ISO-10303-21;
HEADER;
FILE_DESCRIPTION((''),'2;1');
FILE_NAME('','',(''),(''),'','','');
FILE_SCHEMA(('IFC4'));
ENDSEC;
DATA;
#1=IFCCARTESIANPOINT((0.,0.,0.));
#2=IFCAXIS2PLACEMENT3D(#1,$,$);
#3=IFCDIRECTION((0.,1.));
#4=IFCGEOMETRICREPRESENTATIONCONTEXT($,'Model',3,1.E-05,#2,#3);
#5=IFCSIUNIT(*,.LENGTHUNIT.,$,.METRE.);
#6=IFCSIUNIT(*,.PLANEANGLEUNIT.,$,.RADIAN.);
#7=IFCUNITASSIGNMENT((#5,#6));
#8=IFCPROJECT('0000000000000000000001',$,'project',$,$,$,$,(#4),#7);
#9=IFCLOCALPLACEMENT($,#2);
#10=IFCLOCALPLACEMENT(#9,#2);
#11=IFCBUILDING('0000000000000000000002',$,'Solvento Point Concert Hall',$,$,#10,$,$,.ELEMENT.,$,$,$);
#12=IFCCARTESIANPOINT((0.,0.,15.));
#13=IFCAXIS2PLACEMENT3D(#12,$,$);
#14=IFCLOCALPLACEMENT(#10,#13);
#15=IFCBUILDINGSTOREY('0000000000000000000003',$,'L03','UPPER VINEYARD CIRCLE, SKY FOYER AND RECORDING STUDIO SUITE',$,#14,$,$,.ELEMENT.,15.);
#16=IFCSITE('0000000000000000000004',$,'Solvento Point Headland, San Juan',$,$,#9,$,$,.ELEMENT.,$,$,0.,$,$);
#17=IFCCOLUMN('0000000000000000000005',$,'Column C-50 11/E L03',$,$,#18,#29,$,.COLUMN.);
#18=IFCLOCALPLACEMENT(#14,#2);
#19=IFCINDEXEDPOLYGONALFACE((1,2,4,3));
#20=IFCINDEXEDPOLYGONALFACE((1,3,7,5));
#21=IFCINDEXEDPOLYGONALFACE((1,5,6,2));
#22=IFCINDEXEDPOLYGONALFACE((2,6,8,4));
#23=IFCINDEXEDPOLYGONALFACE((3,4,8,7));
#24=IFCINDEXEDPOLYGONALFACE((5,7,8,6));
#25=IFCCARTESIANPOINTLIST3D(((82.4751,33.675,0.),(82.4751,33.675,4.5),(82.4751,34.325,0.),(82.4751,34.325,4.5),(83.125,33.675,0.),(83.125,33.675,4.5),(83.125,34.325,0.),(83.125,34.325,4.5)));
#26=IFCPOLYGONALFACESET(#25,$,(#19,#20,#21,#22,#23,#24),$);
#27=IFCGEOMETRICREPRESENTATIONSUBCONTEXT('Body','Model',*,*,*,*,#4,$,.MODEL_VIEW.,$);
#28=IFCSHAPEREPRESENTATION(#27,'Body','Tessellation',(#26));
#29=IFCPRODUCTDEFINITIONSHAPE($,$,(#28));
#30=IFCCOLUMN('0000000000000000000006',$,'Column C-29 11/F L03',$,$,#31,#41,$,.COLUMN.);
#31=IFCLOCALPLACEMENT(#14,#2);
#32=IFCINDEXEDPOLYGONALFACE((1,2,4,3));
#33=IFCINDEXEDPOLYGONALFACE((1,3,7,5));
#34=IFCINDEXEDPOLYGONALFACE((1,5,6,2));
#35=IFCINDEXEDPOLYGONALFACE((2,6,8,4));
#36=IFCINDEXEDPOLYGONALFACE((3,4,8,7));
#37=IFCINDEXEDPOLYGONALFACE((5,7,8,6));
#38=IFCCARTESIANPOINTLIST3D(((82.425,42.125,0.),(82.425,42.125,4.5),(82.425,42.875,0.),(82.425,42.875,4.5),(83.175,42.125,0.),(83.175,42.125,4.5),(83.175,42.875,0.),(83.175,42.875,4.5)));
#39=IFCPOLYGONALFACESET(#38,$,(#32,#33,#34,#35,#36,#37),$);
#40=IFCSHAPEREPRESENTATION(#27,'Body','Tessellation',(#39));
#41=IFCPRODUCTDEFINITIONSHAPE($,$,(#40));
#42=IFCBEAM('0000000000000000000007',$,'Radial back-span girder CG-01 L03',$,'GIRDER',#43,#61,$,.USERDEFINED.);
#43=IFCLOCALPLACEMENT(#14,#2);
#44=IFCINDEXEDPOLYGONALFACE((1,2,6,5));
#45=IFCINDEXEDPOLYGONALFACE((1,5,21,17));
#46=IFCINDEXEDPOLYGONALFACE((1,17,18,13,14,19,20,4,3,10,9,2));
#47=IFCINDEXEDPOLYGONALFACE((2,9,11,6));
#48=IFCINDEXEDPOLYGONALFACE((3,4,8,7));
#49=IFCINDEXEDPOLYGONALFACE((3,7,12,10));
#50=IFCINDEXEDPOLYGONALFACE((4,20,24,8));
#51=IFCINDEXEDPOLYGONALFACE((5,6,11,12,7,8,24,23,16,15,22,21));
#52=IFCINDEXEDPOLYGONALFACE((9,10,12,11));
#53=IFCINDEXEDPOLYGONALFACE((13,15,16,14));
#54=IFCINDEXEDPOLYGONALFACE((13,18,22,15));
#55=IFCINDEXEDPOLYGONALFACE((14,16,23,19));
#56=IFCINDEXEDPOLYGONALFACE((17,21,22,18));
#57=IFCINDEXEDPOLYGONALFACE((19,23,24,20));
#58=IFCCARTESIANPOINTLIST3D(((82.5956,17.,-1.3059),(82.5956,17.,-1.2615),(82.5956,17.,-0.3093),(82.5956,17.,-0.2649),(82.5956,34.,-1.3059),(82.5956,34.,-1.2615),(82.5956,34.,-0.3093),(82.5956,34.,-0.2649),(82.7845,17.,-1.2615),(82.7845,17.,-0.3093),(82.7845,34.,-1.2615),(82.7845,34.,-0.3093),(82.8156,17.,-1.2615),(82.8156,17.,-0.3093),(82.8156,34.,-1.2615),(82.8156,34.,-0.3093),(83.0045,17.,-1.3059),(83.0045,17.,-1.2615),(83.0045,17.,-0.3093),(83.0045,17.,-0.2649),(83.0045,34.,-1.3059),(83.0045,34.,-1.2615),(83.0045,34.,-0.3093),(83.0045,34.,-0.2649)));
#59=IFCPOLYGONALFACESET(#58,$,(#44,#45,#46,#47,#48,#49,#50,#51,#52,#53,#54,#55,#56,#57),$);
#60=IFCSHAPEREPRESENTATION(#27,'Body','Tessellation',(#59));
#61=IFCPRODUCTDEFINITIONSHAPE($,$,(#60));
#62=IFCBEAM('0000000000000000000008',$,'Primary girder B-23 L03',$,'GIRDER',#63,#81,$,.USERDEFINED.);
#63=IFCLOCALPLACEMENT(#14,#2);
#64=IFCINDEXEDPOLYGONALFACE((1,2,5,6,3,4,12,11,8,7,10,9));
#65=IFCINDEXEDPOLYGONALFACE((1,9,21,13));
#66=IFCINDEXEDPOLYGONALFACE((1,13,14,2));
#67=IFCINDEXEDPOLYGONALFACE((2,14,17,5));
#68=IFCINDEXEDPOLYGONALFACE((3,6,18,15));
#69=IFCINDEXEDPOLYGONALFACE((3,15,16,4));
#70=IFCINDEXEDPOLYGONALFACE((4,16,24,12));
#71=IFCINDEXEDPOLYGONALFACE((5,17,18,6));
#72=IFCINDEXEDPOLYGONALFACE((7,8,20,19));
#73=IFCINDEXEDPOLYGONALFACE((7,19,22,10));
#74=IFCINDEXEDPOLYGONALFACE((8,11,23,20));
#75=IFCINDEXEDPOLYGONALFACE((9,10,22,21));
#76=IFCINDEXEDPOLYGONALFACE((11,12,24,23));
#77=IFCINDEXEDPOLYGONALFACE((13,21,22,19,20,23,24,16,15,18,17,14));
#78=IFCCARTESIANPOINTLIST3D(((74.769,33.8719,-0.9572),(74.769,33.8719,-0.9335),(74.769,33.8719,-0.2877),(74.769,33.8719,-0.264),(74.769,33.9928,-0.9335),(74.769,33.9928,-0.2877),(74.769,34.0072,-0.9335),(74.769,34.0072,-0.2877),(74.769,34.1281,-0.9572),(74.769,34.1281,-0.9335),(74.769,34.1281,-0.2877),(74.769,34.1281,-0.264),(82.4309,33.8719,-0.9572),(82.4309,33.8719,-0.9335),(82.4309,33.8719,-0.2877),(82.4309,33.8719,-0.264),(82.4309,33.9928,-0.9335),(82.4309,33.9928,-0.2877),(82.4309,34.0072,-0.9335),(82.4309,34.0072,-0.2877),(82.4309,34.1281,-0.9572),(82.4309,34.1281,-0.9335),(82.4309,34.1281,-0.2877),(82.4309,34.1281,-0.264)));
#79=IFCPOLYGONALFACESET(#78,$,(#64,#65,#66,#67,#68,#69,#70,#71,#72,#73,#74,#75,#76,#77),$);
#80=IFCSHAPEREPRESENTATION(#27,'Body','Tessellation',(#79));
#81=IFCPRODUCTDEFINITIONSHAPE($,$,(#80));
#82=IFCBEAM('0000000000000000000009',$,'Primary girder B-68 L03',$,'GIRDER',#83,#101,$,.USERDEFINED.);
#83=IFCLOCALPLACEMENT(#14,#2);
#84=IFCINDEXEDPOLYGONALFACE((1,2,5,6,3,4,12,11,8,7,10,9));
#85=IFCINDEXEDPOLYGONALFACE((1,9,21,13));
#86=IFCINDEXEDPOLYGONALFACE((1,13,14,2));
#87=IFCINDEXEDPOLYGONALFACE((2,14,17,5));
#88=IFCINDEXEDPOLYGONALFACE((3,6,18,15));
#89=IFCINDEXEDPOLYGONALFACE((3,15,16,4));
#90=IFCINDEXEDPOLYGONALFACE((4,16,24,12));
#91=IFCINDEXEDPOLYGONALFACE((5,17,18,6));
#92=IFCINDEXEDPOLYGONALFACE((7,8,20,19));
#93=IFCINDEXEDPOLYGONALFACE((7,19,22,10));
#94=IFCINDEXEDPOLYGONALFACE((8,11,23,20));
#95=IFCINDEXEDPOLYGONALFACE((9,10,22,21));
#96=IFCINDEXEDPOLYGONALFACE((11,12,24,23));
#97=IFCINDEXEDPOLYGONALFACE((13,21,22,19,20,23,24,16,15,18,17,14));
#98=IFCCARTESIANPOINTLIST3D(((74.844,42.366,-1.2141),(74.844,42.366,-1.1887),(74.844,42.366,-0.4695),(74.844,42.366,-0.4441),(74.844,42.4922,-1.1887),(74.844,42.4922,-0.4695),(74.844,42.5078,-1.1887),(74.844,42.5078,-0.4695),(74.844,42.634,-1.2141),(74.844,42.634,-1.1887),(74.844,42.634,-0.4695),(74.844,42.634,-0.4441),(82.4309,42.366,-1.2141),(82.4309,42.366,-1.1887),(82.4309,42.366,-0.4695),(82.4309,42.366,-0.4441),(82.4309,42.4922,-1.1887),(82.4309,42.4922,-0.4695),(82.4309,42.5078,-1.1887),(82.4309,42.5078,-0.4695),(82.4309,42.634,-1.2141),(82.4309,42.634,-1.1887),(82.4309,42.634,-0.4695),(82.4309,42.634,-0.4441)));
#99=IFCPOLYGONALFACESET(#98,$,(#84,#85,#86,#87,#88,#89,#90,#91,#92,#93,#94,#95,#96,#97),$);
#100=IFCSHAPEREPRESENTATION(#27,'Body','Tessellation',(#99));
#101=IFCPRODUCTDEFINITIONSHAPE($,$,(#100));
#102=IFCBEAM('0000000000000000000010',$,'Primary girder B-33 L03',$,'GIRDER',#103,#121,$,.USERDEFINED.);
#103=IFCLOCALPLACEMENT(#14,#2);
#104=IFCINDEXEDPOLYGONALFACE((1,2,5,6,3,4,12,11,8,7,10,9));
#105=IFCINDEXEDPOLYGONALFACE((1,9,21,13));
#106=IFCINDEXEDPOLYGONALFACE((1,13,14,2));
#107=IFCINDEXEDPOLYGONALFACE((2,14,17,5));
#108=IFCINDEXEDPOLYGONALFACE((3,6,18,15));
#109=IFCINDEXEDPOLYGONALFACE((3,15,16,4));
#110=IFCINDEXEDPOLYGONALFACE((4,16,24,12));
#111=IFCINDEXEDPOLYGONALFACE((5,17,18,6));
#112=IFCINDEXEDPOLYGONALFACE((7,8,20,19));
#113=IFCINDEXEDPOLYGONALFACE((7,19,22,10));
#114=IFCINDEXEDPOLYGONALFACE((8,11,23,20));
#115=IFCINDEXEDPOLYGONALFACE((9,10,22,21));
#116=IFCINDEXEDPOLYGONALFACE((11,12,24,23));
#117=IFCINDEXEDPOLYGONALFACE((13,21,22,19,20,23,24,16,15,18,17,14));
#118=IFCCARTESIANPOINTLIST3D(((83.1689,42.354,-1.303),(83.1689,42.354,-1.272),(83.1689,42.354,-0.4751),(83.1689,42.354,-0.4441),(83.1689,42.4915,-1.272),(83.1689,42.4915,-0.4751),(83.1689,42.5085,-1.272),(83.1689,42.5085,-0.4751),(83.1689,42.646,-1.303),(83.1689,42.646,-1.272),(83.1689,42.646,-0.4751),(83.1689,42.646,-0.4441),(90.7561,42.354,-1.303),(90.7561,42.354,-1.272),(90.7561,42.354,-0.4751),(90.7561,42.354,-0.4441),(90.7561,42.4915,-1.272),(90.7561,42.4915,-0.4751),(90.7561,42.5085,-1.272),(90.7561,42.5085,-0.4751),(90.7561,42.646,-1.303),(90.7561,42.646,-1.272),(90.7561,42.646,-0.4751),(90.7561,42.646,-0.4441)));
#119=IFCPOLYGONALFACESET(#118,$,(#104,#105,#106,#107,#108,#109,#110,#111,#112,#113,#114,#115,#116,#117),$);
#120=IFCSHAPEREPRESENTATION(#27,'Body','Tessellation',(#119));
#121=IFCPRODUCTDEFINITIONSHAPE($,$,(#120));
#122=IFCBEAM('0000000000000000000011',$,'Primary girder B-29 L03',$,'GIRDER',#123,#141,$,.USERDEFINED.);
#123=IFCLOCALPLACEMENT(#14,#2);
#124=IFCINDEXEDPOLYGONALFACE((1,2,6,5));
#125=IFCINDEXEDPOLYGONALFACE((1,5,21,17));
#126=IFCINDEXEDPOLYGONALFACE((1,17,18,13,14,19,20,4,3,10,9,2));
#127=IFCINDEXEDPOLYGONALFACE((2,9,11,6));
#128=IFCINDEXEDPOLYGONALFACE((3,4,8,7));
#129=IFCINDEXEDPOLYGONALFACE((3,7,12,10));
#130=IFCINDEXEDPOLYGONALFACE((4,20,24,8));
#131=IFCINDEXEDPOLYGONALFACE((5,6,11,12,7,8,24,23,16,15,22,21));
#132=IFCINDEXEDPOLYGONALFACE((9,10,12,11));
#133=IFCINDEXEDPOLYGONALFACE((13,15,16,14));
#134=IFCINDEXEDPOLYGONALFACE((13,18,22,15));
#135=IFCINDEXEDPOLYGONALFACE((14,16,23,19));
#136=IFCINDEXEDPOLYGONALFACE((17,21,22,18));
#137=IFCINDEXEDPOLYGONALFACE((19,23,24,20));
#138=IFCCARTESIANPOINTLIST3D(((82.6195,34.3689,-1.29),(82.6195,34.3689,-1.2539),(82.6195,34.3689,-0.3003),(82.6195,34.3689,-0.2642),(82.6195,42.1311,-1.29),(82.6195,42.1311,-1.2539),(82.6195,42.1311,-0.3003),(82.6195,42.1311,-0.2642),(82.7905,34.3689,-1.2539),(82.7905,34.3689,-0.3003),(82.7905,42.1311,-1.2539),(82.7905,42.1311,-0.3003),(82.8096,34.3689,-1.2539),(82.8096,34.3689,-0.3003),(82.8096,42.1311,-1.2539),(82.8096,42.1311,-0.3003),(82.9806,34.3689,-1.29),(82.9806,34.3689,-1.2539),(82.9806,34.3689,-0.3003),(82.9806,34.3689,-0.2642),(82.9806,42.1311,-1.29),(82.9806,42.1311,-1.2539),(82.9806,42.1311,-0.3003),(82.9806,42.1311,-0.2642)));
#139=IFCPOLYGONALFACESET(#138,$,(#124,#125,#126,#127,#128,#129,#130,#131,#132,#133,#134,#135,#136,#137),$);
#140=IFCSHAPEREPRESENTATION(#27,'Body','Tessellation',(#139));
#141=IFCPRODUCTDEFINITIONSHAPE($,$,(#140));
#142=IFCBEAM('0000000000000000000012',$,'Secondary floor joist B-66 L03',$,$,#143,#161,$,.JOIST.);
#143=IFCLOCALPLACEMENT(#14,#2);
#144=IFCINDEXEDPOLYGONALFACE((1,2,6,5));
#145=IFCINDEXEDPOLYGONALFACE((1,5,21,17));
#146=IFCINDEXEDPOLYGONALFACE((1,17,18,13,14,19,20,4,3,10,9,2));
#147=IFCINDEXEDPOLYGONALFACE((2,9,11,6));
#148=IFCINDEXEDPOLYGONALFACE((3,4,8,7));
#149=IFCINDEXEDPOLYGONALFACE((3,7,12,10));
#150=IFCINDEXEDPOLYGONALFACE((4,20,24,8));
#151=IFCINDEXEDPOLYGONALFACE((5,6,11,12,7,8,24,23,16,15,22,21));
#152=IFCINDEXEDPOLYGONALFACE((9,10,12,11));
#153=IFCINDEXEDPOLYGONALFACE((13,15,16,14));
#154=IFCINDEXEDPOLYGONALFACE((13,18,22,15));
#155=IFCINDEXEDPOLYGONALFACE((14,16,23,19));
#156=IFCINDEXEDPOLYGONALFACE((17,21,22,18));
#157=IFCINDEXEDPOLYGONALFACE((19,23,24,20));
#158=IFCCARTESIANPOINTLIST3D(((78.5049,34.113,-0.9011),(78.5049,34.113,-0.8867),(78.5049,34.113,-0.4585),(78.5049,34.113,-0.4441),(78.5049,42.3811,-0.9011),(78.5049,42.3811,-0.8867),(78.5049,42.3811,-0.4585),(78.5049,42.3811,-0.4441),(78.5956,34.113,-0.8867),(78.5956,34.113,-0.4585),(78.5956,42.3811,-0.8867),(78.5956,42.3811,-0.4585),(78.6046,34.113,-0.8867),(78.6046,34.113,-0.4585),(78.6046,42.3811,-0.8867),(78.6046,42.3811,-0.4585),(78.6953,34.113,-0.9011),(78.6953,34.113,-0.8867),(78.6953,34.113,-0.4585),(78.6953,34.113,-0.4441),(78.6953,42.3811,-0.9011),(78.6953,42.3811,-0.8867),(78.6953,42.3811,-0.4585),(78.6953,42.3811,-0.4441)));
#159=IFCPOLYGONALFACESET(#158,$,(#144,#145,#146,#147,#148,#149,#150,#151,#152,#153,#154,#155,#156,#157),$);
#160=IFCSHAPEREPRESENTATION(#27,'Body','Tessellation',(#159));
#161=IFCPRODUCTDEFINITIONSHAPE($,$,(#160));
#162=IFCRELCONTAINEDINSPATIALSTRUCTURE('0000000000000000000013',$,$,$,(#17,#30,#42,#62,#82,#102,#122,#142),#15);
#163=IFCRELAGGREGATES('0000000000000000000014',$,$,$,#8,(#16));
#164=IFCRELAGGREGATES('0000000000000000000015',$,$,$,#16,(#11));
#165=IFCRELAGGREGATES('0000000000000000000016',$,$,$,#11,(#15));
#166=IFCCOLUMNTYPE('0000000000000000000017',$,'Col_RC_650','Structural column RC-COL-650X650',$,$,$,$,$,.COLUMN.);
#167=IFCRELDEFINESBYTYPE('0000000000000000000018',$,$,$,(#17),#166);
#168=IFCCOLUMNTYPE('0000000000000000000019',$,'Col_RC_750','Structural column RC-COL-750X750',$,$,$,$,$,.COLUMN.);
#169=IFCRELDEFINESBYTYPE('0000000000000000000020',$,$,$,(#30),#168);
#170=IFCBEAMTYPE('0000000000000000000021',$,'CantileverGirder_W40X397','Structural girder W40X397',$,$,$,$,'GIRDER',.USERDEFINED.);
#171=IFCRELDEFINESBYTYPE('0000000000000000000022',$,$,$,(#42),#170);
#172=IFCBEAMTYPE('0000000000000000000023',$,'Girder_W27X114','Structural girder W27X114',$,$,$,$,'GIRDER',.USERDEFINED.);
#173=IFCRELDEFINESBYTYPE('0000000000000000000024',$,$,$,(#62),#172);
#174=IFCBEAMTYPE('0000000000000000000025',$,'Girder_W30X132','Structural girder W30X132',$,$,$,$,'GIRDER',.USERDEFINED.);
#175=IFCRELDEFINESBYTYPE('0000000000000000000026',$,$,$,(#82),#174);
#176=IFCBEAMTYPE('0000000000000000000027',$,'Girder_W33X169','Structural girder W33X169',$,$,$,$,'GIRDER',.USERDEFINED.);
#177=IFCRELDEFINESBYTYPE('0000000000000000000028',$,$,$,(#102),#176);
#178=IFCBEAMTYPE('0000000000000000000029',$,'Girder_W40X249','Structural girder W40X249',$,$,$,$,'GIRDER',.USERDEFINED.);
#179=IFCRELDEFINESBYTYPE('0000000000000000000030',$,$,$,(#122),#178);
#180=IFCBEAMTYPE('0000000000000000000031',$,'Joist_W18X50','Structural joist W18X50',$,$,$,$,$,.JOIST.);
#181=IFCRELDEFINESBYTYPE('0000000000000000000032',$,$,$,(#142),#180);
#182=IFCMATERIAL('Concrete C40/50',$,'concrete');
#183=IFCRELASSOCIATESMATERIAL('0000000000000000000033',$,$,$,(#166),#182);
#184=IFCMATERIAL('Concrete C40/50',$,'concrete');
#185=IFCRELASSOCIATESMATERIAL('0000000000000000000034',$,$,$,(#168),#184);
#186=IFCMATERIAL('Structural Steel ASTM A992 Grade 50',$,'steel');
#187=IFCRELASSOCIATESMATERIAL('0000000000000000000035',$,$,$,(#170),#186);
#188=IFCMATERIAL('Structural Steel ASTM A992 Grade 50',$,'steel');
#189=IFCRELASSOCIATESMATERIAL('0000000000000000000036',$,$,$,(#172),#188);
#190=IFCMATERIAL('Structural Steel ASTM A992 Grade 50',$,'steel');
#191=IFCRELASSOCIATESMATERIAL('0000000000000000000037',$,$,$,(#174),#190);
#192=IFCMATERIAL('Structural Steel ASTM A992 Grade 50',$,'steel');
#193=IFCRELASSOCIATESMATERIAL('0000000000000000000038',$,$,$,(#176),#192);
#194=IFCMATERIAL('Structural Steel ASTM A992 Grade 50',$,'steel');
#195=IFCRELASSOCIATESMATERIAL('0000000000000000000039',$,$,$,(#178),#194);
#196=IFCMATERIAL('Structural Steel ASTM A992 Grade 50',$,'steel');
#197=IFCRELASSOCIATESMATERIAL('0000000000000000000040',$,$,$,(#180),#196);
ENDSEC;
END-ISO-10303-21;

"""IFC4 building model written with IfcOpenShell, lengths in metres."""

from ifc_helpers import new_model, si_unit, direction, frame, origin, origin_2d, place, context, subcontext, project, spatial, rectangle, i_section, extrude, material, material_profile, profile_set, type_object, element, save


model = new_model("IFC4")

# Units and contexts
model_context = context("Model", 3, precision=1e-05, world=origin(), true_north=direction((0.0, 1.0)))
body_context = subcontext(model_context, "Body", "Model", "MODEL_VIEW")
ifc_project = project(units=[si_unit("LENGTHUNIT", "METRE"), si_unit("PLANEANGLEUNIT", "RADIAN")], contexts=[model_context])

# Site, building, storey
site_placement = place(None, origin())
site = spatial("IfcSite", under=ifc_project, at=site_placement, Name="Solvento Point Headland, San Juan", CompositionType="ELEMENT", RefElevation=0.0)
building_placement = place(site_placement, origin())
building = spatial("IfcBuilding", under=site, at=building_placement, Name="Solvento Point Concert Hall", CompositionType="ELEMENT")
storey_placement = place(building_placement, frame((0.0, 0.0, 15.0)))
storey = spatial("IfcBuildingStorey", under=building, at=storey_placement, Name="L03", Description="UPPER VINEYARD CIRCLE, SKY FOYER AND RECORDING STUDIO SUITE", CompositionType="ELEMENT", Elevation=15.0)

# Columns
ifc_material_1 = material(Name="Concrete C40/50", Category="concrete")
ifc_material_profile_1 = material_profile(ifc_material_1, rectangle(XDim=0.6499, YDim=0.6499, at=origin_2d()), Name="RC-COL-650X650")
ifc_profile_set_1 = profile_set([ifc_material_profile_1], Name="Concrete C40/50")
column_type_1 = type_object("IfcColumnType", Name="Col_RC_650", Description="Structural column RC-COL-650X650", PredefinedType="COLUMN", material=ifc_profile_set_1)
column_1_placement = place(storey_placement, frame((82.8, 34.0, 0.0), z_axis=(0.0, 0.0, 1.0), x_axis=(1.0, 0.0, 0.0)))
element("IfcColumn", 1, at=column_1_placement, inside=storey, type_object=column_type_1, Name="Column C-50 11/E L03", PredefinedType="COLUMN", context=body_context, shape_type="SweptSolid", body=[
    extrude(rectangle(XDim=0.6499, YDim=0.6499, at=origin_2d()), origin(), (0.0, 0.0, 1.0), 4.5),
])
ifc_material_2 = material(Name="Concrete C40/50", Category="concrete")
ifc_material_profile_2 = material_profile(ifc_material_2, rectangle(XDim=0.75, YDim=0.75, at=origin_2d()), Name="RC-COL-750X750")
ifc_profile_set_2 = profile_set([ifc_material_profile_2], Name="Concrete C40/50")
column_type_2 = type_object("IfcColumnType", Name="Col_RC_750", Description="Structural column RC-COL-750X750", PredefinedType="COLUMN", material=ifc_profile_set_2)
column_2_placement = place(storey_placement, frame((82.8, 42.5, 0.0), z_axis=(0.0, 0.0, 1.0), x_axis=(1.0, 0.0, 0.0)))
element("IfcColumn", 2, at=column_2_placement, inside=storey, type_object=column_type_2, Name="Column C-29 11/F L03", PredefinedType="COLUMN", context=body_context, shape_type="SweptSolid", body=[
    extrude(rectangle(XDim=0.75, YDim=0.75, at=origin_2d()), origin(), (0.0, 0.0, 1.0), 4.5),
])

# Beams
ifc_material_3 = material(Name="Structural Steel ASTM A992 Grade 50", Category="steel")
ifc_material_profile_3 = material_profile(ifc_material_3, i_section(OverallWidth=0.4089, OverallDepth=1.041, WebThickness=0.031, FlangeThickness=0.0444, at=origin_2d()), Name="W40X397")
ifc_profile_set_3 = profile_set([ifc_material_profile_3], Name="Structural Steel ASTM A992 Grade 50")
beam_type_1 = type_object("IfcBeamType", Name="CantileverGirder_W40X397", Description="Structural girder W40X397", ElementType="GIRDER", PredefinedType="USERDEFINED", material=ifc_profile_set_3)
beam_1_placement = place(storey_placement, frame((82.8, 34.0, -0.7854), z_axis=(0.0, -1.0, 0.0), x_axis=(1.0, 0.0, 0.0)))
element("IfcBeam", 3, at=beam_1_placement, inside=storey, type_object=beam_type_1, Name="Radial back-span girder CG-01 L03", ObjectType="GIRDER", PredefinedType="USERDEFINED", context=body_context, shape_type="SweptSolid", body=[
    extrude(i_section(OverallWidth=0.4089, OverallDepth=1.041, WebThickness=0.031, FlangeThickness=0.0444, at=origin_2d()), origin(), (0.0, 0.0, 1.0), 17.0),
])
ifc_material_4 = material(Name="Structural Steel ASTM A992 Grade 50", Category="steel")
ifc_material_profile_4 = material_profile(ifc_material_4, i_section(OverallWidth=0.2561, OverallDepth=0.6931, WebThickness=0.0144, FlangeThickness=0.0237, at=origin_2d()), Name="W27X114")
ifc_profile_set_4 = profile_set([ifc_material_profile_4], Name="Structural Steel ASTM A992 Grade 50")
beam_type_2 = type_object("IfcBeamType", Name="Girder_W27X114", Description="Structural girder W27X114", ElementType="GIRDER", PredefinedType="USERDEFINED", material=ifc_profile_set_4)
beam_2_placement = place(storey_placement, frame((74.769, 34.0, -0.6106), z_axis=(1.0, 0.0, 0.0), x_axis=(0.0, 1.0, 0.0)))
element("IfcBeam", 4, at=beam_2_placement, inside=storey, type_object=beam_type_2, Name="Primary girder B-23 L03", ObjectType="GIRDER", PredefinedType="USERDEFINED", context=body_context, shape_type="SweptSolid", body=[
    extrude(i_section(OverallWidth=0.2561, OverallDepth=0.6931, WebThickness=0.0144, FlangeThickness=0.0237, at=origin_2d()), origin(), (0.0, 0.0, 1.0), 7.6619),
])
ifc_material_5 = material(Name="Structural Steel ASTM A992 Grade 50", Category="steel")
ifc_material_profile_5 = material_profile(ifc_material_5, i_section(OverallWidth=0.2681, OverallDepth=0.77, WebThickness=0.0156, FlangeThickness=0.0254, at=origin_2d()), Name="W30X132")
ifc_profile_set_5 = profile_set([ifc_material_profile_5], Name="Structural Steel ASTM A992 Grade 50")
beam_type_3 = type_object("IfcBeamType", Name="Girder_W30X132", Description="Structural girder W30X132", ElementType="GIRDER", PredefinedType="USERDEFINED", material=ifc_profile_set_5)
beam_3_placement = place(storey_placement, frame((74.844, 42.5, -0.8291), z_axis=(1.0, 0.0, 0.0), x_axis=(0.0, 1.0, 0.0)))
element("IfcBeam", 5, at=beam_3_placement, inside=storey, type_object=beam_type_3, Name="Primary girder B-68 L03", ObjectType="GIRDER", PredefinedType="USERDEFINED", context=body_context, shape_type="SweptSolid", body=[
    extrude(i_section(OverallWidth=0.2681, OverallDepth=0.77, WebThickness=0.0156, FlangeThickness=0.0254, at=origin_2d()), origin(), (0.0, 0.0, 1.0), 7.5869),
])
ifc_material_6 = material(Name="Structural Steel ASTM A992 Grade 50", Category="steel")
ifc_material_profile_6 = material_profile(ifc_material_6, i_section(OverallWidth=0.292, OverallDepth=0.8589, WebThickness=0.0171, FlangeThickness=0.031, at=origin_2d()), Name="W33X169")
ifc_profile_set_6 = profile_set([ifc_material_profile_6], Name="Structural Steel ASTM A992 Grade 50")
beam_type_4 = type_object("IfcBeamType", Name="Girder_W33X169", Description="Structural girder W33X169", ElementType="GIRDER", PredefinedType="USERDEFINED", material=ifc_profile_set_6)
beam_4_placement = place(storey_placement, frame((83.1689, 42.5, -0.8735), z_axis=(1.0, 0.0, 0.0), x_axis=(0.0, 1.0, 0.0)))
element("IfcBeam", 6, at=beam_4_placement, inside=storey, type_object=beam_type_4, Name="Primary girder B-33 L03", ObjectType="GIRDER", PredefinedType="USERDEFINED", context=body_context, shape_type="SweptSolid", body=[
    extrude(i_section(OverallWidth=0.292, OverallDepth=0.8589, WebThickness=0.0171, FlangeThickness=0.031, at=origin_2d()), origin(), (0.0, 0.0, 1.0), 7.5872),
])
ifc_material_7 = material(Name="Structural Steel ASTM A992 Grade 50", Category="steel")
ifc_material_profile_7 = material_profile(ifc_material_7, i_section(OverallWidth=0.3611, OverallDepth=1.0259, WebThickness=0.019, FlangeThickness=0.0361, at=origin_2d()), Name="W40X249")
ifc_profile_set_7 = profile_set([ifc_material_profile_7], Name="Structural Steel ASTM A992 Grade 50")
beam_type_5 = type_object("IfcBeamType", Name="Girder_W40X249", Description="Structural girder W40X249", ElementType="GIRDER", PredefinedType="USERDEFINED", material=ifc_profile_set_7)
beam_5_placement = place(storey_placement, frame((82.8, 34.3689, -0.7771), z_axis=(0.0, 1.0, 0.0), x_axis=(-1.0, 0.0, 0.0)))
element("IfcBeam", 7, at=beam_5_placement, inside=storey, type_object=beam_type_5, Name="Primary girder B-29 L03", ObjectType="GIRDER", PredefinedType="USERDEFINED", context=body_context, shape_type="SweptSolid", body=[
    extrude(i_section(OverallWidth=0.3611, OverallDepth=1.0259, WebThickness=0.019, FlangeThickness=0.0361, at=origin_2d()), origin(), (0.0, 0.0, 1.0), 7.7622),
])
ifc_material_8 = material(Name="Structural Steel ASTM A992 Grade 50", Category="steel")
ifc_material_profile_8 = material_profile(ifc_material_8, i_section(OverallWidth=0.1904, OverallDepth=0.457, WebThickness=0.009, FlangeThickness=0.0144, at=origin_2d()), Name="W18X50")
ifc_profile_set_8 = profile_set([ifc_material_profile_8], Name="Structural Steel ASTM A992 Grade 50")
beam_type_6 = type_object("IfcBeamType", Name="Joist_W18X50", Description="Structural joist W18X50", PredefinedType="JOIST", material=ifc_profile_set_8)
beam_6_placement = place(storey_placement, frame((78.6001, 34.113, -0.6726), z_axis=(0.0, 1.0, 0.0), x_axis=(-1.0, 0.0, 0.0)))
element("IfcBeam", 8, at=beam_6_placement, inside=storey, type_object=beam_type_6, Name="Secondary floor joist B-66 L03", PredefinedType="JOIST", context=body_context, shape_type="SweptSolid", body=[
    extrude(i_section(OverallWidth=0.1904, OverallDepth=0.457, WebThickness=0.009, FlangeThickness=0.0144, at=origin_2d()), origin(), (0.0, 0.0, 1.0), 8.2681),
])

save(model, "model.ifc")
